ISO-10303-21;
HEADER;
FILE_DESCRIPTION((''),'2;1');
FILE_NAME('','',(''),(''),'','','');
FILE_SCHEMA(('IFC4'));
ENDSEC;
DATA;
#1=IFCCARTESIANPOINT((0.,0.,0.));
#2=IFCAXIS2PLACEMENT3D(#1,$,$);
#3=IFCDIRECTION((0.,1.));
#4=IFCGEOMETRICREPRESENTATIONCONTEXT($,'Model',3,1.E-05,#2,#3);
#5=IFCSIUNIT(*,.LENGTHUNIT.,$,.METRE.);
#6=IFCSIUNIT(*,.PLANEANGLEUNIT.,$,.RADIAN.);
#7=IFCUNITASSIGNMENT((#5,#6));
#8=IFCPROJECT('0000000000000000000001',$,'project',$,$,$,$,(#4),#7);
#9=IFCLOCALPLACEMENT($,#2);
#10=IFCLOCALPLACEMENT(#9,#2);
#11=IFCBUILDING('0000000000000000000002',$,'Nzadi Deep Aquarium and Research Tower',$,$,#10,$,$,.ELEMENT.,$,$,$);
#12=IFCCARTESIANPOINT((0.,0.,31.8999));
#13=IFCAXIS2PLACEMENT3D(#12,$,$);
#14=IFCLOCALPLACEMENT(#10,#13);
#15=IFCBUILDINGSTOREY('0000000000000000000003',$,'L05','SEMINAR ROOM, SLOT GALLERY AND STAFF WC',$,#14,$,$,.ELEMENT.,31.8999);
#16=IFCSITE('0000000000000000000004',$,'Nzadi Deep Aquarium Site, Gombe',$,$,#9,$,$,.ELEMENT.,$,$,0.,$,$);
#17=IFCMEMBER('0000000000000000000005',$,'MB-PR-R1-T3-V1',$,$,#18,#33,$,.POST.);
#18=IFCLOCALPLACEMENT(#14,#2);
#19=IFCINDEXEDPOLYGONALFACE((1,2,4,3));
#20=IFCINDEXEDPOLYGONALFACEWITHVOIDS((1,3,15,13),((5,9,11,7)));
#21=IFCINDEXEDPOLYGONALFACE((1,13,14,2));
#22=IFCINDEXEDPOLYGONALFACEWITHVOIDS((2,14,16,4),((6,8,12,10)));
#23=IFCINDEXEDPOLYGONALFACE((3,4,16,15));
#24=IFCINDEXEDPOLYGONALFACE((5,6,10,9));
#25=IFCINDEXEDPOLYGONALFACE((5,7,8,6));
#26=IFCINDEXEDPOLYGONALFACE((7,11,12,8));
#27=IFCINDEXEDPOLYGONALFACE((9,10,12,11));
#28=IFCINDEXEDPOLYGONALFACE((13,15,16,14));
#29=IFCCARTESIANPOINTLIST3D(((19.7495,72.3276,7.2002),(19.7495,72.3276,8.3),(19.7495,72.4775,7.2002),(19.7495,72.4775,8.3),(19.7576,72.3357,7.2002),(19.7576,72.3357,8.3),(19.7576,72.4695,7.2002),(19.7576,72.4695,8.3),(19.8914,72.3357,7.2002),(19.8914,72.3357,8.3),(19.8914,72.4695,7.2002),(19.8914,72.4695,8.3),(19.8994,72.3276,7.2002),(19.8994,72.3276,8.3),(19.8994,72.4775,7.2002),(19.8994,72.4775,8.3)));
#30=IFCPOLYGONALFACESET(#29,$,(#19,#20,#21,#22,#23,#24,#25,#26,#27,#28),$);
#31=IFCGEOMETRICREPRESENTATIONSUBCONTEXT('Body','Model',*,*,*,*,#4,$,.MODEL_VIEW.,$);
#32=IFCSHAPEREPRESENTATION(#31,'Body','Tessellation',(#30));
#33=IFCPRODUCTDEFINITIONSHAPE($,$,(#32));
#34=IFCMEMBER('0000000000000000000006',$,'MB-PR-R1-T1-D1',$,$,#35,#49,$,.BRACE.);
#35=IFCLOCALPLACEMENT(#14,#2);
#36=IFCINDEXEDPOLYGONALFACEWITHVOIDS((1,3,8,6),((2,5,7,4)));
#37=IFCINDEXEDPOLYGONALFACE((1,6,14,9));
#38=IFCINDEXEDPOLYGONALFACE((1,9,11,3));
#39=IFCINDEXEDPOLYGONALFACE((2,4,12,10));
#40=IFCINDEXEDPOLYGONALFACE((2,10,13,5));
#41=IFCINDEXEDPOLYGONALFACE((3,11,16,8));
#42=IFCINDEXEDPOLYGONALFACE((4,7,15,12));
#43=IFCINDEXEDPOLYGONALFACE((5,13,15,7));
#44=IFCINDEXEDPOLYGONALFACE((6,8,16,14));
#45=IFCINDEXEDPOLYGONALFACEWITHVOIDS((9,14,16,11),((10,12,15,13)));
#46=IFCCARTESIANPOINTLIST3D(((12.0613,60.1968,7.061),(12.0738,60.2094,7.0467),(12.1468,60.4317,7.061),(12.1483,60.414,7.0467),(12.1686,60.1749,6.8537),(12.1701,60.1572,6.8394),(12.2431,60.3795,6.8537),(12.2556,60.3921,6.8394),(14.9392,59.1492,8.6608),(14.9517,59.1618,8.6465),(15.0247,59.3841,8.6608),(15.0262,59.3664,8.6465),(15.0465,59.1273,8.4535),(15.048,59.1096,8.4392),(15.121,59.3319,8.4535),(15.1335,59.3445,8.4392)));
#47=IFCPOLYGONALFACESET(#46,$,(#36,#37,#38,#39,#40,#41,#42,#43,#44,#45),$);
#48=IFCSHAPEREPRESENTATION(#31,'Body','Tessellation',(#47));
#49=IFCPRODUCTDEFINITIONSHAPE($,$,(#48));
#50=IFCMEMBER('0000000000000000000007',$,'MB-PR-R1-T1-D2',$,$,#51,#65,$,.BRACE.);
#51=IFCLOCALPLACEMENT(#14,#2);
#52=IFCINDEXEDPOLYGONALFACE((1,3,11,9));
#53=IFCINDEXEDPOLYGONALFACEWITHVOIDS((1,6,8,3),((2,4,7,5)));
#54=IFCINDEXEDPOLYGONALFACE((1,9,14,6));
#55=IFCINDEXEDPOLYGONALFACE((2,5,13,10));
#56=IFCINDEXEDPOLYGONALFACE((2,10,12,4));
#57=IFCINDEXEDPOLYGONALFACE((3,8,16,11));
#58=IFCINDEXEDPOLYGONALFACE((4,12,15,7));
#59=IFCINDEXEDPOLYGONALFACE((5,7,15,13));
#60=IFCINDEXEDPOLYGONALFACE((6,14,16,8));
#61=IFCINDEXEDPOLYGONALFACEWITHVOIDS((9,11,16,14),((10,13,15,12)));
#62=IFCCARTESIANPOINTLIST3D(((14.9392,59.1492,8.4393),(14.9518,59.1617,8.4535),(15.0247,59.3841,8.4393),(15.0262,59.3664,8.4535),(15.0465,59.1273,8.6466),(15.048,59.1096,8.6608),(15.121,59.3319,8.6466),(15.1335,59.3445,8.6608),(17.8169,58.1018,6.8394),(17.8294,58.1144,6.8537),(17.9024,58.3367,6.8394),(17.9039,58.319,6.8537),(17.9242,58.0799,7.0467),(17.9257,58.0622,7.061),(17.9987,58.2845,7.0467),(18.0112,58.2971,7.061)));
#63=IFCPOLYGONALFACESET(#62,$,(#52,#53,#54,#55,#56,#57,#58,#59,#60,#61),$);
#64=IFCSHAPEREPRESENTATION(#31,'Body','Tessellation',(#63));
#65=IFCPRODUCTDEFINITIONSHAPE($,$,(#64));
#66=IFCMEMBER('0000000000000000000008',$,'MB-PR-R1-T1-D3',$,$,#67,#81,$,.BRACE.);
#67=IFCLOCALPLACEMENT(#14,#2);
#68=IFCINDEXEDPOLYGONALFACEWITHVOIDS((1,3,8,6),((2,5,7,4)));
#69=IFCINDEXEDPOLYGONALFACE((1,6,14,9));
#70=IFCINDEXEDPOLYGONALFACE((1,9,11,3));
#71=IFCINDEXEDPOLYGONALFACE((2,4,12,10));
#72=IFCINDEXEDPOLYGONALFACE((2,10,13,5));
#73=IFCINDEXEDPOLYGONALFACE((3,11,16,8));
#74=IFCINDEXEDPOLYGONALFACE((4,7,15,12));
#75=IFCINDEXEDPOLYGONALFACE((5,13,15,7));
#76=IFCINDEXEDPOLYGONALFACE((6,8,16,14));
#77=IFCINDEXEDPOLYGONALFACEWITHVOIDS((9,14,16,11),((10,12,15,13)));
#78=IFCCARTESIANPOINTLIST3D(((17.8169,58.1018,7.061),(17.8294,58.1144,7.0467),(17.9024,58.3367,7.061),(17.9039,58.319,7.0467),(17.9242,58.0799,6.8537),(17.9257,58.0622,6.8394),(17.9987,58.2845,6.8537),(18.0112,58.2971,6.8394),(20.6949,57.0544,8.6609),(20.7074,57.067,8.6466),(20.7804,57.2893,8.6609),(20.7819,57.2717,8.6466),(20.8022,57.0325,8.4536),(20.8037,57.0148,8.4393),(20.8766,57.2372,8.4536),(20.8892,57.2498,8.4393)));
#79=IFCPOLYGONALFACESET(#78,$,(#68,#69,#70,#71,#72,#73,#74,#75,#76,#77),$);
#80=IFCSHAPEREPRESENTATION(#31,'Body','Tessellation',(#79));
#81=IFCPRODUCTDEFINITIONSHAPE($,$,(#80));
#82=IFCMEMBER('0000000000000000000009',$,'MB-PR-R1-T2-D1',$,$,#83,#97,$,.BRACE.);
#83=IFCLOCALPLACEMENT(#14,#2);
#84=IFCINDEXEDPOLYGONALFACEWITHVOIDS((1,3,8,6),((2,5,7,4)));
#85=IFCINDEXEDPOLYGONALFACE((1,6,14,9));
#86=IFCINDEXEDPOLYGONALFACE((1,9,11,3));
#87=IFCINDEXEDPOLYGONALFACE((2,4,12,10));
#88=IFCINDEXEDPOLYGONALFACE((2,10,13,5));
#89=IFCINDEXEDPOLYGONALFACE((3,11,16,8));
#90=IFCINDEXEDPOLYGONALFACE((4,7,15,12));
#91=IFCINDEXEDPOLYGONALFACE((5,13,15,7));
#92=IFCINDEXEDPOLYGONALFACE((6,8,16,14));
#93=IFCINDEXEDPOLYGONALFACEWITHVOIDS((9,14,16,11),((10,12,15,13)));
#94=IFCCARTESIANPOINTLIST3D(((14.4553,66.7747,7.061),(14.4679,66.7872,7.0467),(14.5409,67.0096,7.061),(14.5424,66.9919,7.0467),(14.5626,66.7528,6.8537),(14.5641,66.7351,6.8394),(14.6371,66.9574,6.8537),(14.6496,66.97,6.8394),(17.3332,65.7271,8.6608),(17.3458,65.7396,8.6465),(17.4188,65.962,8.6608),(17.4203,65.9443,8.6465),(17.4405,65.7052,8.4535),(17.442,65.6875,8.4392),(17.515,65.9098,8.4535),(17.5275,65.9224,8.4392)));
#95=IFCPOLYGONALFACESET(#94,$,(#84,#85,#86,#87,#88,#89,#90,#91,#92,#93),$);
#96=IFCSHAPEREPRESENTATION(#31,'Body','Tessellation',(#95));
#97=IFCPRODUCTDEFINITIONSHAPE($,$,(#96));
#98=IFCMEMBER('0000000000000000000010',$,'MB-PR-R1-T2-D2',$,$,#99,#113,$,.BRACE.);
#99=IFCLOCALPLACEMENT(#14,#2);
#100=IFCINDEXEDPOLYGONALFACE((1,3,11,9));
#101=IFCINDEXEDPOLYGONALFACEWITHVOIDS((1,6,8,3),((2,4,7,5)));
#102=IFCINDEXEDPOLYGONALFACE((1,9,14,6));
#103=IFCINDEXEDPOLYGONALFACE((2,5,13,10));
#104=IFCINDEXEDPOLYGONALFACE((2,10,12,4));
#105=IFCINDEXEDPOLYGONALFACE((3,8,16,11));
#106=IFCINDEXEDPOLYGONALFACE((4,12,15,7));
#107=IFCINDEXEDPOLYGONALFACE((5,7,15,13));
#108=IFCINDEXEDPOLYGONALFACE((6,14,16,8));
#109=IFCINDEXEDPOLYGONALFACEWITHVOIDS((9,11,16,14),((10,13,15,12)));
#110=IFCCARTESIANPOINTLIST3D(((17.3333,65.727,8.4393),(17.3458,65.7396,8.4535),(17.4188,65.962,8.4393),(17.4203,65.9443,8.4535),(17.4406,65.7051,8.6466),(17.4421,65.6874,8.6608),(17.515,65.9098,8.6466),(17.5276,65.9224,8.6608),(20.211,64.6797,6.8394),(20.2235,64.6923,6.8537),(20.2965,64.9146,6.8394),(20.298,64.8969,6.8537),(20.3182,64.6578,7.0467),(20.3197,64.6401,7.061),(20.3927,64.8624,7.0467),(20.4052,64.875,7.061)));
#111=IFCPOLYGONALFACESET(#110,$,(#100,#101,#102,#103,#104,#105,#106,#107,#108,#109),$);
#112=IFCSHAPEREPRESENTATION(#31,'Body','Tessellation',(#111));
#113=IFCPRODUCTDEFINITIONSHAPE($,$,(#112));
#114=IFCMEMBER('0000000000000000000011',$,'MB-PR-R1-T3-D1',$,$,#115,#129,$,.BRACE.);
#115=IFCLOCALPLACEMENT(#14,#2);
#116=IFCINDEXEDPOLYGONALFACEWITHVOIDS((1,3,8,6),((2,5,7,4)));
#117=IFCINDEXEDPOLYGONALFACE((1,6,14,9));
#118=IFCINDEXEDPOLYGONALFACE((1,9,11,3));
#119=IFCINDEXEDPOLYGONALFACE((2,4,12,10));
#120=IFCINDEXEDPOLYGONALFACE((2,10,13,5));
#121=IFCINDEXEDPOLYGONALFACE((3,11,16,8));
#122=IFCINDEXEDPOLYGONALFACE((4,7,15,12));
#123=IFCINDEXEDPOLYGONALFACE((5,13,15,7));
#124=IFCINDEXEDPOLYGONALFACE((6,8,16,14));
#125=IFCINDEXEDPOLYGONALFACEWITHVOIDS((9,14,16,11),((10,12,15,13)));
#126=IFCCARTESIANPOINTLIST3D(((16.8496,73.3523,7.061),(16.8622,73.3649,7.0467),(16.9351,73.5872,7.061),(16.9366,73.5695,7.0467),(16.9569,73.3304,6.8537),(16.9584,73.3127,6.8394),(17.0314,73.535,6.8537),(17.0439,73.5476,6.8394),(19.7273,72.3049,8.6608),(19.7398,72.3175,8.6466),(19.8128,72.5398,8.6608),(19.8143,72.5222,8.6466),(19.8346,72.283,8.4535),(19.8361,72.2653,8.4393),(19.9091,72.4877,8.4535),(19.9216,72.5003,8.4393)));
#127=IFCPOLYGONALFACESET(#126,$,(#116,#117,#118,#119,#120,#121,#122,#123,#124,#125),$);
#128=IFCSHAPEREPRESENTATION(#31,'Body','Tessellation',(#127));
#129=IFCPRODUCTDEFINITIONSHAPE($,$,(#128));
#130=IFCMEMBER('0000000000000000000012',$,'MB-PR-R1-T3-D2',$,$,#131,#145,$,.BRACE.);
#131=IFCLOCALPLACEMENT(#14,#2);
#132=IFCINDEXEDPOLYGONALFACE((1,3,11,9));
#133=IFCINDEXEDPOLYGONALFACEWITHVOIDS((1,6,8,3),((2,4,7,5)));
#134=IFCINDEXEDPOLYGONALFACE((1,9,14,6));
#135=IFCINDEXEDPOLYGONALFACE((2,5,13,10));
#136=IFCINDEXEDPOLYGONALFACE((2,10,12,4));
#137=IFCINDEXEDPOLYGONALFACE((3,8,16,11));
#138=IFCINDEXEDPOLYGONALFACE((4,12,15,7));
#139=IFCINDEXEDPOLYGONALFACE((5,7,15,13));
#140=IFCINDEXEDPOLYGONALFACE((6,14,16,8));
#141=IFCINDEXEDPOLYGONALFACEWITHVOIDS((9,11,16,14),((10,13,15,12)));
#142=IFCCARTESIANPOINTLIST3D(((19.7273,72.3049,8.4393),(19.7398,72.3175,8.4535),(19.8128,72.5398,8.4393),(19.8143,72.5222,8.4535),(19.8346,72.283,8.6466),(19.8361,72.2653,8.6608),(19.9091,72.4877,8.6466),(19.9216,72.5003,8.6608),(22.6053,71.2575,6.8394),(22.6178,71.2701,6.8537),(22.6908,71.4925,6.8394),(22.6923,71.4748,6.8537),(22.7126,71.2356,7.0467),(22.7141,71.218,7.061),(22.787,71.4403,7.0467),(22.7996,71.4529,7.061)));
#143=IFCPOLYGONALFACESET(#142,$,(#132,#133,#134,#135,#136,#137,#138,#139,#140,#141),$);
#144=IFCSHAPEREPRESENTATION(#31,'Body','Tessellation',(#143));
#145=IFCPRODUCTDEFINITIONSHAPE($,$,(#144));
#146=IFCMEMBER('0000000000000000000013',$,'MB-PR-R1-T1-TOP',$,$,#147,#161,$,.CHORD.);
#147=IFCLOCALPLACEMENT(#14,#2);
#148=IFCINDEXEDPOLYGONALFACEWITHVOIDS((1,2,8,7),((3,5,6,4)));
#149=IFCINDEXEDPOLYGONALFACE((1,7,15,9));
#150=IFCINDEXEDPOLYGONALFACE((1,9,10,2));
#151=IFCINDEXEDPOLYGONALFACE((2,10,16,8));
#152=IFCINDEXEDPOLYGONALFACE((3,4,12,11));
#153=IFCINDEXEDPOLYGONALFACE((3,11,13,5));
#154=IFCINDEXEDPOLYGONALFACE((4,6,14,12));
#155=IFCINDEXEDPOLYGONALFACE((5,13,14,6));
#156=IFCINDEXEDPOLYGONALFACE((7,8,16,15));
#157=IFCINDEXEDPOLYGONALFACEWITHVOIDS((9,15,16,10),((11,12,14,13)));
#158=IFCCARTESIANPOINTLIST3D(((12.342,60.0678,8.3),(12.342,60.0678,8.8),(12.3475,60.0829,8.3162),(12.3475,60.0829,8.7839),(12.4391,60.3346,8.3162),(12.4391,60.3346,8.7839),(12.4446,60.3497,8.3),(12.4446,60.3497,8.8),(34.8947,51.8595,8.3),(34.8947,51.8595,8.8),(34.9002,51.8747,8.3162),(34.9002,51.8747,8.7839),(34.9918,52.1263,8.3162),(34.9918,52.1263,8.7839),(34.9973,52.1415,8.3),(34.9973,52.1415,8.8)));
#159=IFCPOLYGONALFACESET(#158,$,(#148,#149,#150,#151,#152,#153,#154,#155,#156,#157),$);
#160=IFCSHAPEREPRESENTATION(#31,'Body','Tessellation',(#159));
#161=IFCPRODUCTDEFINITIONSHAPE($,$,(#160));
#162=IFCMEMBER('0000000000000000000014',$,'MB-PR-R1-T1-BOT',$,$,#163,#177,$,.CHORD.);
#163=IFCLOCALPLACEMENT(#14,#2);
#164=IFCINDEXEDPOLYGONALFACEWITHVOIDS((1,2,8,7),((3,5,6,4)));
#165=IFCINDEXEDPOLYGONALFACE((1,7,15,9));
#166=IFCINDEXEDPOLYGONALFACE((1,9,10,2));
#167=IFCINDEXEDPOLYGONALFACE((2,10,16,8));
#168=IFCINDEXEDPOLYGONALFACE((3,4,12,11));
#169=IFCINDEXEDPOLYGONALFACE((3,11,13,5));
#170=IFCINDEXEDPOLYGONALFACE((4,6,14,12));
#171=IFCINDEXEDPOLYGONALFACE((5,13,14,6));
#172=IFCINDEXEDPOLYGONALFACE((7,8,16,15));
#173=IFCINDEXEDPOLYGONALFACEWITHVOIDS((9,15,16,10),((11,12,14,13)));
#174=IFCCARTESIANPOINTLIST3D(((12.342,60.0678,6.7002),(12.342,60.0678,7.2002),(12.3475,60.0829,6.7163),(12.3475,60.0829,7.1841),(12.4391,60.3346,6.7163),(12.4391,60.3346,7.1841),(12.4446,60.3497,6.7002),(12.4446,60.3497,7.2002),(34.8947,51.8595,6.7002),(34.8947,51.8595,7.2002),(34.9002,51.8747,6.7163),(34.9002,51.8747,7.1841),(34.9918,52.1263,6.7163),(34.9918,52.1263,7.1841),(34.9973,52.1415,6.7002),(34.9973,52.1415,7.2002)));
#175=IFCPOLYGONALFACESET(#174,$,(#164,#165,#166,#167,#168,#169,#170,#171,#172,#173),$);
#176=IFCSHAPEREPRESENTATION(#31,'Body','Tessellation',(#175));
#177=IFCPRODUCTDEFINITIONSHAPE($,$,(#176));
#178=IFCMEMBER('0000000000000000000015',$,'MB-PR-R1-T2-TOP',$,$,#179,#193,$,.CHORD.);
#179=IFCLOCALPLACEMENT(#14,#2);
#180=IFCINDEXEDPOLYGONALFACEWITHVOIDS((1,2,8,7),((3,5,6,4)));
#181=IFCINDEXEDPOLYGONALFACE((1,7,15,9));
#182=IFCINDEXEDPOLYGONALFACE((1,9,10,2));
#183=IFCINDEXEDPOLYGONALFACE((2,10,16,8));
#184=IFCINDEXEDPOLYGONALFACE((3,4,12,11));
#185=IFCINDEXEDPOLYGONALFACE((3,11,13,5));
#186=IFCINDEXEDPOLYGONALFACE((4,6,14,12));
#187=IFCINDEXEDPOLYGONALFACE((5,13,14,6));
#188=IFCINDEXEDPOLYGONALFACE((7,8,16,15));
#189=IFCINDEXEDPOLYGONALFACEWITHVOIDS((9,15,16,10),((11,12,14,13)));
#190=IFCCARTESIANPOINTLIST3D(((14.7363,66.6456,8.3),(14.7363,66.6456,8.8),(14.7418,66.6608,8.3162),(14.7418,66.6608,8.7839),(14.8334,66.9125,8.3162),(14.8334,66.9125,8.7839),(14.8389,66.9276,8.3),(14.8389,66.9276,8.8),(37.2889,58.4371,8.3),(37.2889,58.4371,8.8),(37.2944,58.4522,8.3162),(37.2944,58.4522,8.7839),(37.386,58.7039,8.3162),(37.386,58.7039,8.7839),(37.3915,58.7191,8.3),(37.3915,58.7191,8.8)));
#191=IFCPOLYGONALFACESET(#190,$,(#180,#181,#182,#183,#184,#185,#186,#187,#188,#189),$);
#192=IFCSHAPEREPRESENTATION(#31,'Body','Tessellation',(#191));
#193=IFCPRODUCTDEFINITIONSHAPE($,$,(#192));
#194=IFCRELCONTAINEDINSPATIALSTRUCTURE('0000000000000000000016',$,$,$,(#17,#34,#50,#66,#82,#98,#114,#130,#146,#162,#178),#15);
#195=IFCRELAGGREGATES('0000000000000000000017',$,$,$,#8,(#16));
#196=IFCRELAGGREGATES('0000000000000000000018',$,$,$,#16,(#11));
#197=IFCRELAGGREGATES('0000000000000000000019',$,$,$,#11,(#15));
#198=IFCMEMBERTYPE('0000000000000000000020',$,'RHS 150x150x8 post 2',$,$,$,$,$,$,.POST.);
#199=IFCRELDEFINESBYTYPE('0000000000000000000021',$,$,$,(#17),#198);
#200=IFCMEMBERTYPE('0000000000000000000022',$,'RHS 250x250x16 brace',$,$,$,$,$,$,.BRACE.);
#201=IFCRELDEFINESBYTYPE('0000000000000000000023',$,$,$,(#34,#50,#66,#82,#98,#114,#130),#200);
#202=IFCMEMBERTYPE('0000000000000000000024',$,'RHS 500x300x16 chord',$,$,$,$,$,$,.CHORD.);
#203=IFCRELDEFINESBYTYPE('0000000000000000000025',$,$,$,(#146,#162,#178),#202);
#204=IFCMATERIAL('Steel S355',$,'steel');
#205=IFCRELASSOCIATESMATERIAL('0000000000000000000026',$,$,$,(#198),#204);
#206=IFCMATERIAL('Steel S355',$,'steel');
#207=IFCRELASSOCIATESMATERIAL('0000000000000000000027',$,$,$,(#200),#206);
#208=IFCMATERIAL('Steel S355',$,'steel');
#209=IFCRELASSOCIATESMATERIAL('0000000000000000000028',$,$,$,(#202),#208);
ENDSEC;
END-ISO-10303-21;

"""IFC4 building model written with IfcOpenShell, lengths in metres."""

from ifc_helpers import new_model, si_unit, direction, frame, origin, origin_2d, place, context, subcontext, project, spatial, hollow_rectangle, extrude, material, material_profile, profile_set, type_object, element, save


model = new_model("IFC4")

# Units and contexts
model_context = context("Model", 3, precision=1e-05, world=origin(), true_north=direction((0.0, 1.0)))
body_context = subcontext(model_context, "Body", "Model", "MODEL_VIEW")
ifc_project = project(units=[si_unit("LENGTHUNIT", "METRE"), si_unit("PLANEANGLEUNIT", "RADIAN")], contexts=[model_context])

# Site, building, storey
site_placement = place(None, origin())
site = spatial("IfcSite", under=ifc_project, at=site_placement, Name="Nzadi Deep Aquarium Site, Gombe", CompositionType="ELEMENT", RefElevation=0.0)
building_placement = place(site_placement, origin())
building = spatial("IfcBuilding", under=site, at=building_placement, Name="Nzadi Deep Aquarium and Research Tower", CompositionType="ELEMENT")
storey_placement = place(building_placement, frame((0.0, 0.0, 31.8999)))
storey = spatial("IfcBuildingStorey", under=building, at=storey_placement, Name="L05", Description="SEMINAR ROOM, SLOT GALLERY AND STAFF WC", CompositionType="ELEMENT", Elevation=31.8999)

# Members
ifc_material_1 = material(Name="Steel S355", Category="steel")
ifc_material_profile_1 = material_profile(ifc_material_1, hollow_rectangle(XDim=0.1499, YDim=0.1499, WallThickness=0.0081, at=origin_2d()))
ifc_profile_set_1 = profile_set([ifc_material_profile_1], Name="Steel S355")
member_type_1 = type_object("IfcMemberType", Name="RHS 150x150x8 post 2", PredefinedType="POST", material=ifc_profile_set_1)
for number, where, z_axis, x_axis, name in (
    (1, (19.8245, 72.4026, 7.2002), (0.0, 0.0, 1.0), (1.0, 0.0, 0.0), "MB-PR-R1-T3-V1"),
):
    element("IfcMember", number, at=place(storey_placement, frame(where, z_axis=z_axis, x_axis=x_axis)), inside=storey, type_object=member_type_1, Name=name, PredefinedType="POST", context=body_context, shape_type="SweptSolid", body=[
        extrude(hollow_rectangle(XDim=0.1499, YDim=0.1499, WallThickness=0.0081, at=origin_2d()), origin(), (0.0, 0.0, 1.0), 1.0999),
    ])
ifc_material_2 = material(Name="Steel S355", Category="steel")
ifc_material_profile_2 = material_profile(ifc_material_2, hollow_rectangle(XDim=0.25, YDim=0.25, WallThickness=0.0161, at=origin_2d()))
ifc_profile_set_2 = profile_set([ifc_material_profile_2], Name="Steel S355")
member_type_2 = type_object("IfcMemberType", Name="RHS 250x250x16 brace", PredefinedType="BRACE", material=ifc_profile_set_2)
member_1_placement = place(storey_placement, frame((12.1584, 60.2944, 6.9502), z_axis=(0.832889, -0.303184, 0.463007), x_axis=(0.342057, 0.939679, 0.0)))
element("IfcMember", 2, at=member_1_placement, inside=storey, type_object=member_type_2, Name="MB-PR-R1-T1-D1", PredefinedType="BRACE", context=body_context, shape_type="SweptSolid", body=[
    extrude(hollow_rectangle(XDim=0.25, YDim=0.25, WallThickness=0.0161, at=origin_2d()), origin(), (0.0, 0.0, 1.0), 3.4553),
])
member_2_placement = place(storey_placement, frame((15.0364, 59.2468, 8.55), z_axis=(0.832885, -0.303137, -0.463044), x_axis=(0.342012, 0.939696, 0.0)))
element("IfcMember", 3, at=member_2_placement, inside=storey, type_object=member_type_2, Name="MB-PR-R1-T1-D2", PredefinedType="BRACE", context=body_context, shape_type="SweptSolid", body=[
    extrude(hollow_rectangle(XDim=0.25, YDim=0.25, WallThickness=0.0161, at=origin_2d()), origin(), (0.0, 0.0, 1.0), 3.4551),
])
for number, where, z_axis, x_axis, name in (
    (4, (17.9141, 58.1995, 6.9502), (0.832907, -0.303119, 0.463017), (0.341986, 0.939705, 0.0), "MB-PR-R1-T1-D3"),
    (5, (14.5525, 66.8723, 6.9502), (0.832889, -0.303184, 0.463007), (0.342057, 0.939679, 0.0), "MB-PR-R1-T2-D1"),
):
    element("IfcMember", number, at=place(storey_placement, frame(where, z_axis=z_axis, x_axis=x_axis)), inside=storey, type_object=member_type_2, Name=name, PredefinedType="BRACE", context=body_context, shape_type="SweptSolid", body=[
        extrude(hollow_rectangle(XDim=0.25, YDim=0.25, WallThickness=0.0161, at=origin_2d()), origin(), (0.0, 0.0, 1.0), 3.4553),
    ])
for number, where, z_axis, x_axis, name in (
    (6, (17.4304, 65.8247, 8.55), (0.832885, -0.303137, -0.463044), (0.342012, 0.939696, 0.0), "MB-PR-R1-T2-D2"),
    (7, (16.9468, 73.45, 6.9502), (0.832885, -0.303137, 0.463044), (0.342012, 0.939696, 0.0), "MB-PR-R1-T3-D1"),
):
    element("IfcMember", number, at=place(storey_placement, frame(where, z_axis=z_axis, x_axis=x_axis)), inside=storey, type_object=member_type_2, Name=name, PredefinedType="BRACE", context=body_context, shape_type="SweptSolid", body=[
        extrude(hollow_rectangle(XDim=0.25, YDim=0.25, WallThickness=0.0161, at=origin_2d()), origin(), (0.0, 0.0, 1.0), 3.4551),
    ])
member_3_placement = place(storey_placement, frame((19.8245, 72.4026, 8.55), z_axis=(0.832907, -0.303119, -0.463017), x_axis=(0.341986, 0.939705, 0.0)))
element("IfcMember", 8, at=member_3_placement, inside=storey, type_object=member_type_2, Name="MB-PR-R1-T3-D2", PredefinedType="BRACE", context=body_context, shape_type="SweptSolid", body=[
    extrude(hollow_rectangle(XDim=0.25, YDim=0.25, WallThickness=0.0161, at=origin_2d()), origin(), (0.0, 0.0, 1.0), 3.4553),
])
ifc_material_3 = material(Name="Steel S355", Category="steel")
ifc_material_profile_3 = material_profile(ifc_material_3, hollow_rectangle(XDim=0.3, YDim=0.5, WallThickness=0.0161, at=origin_2d()))
ifc_profile_set_3 = profile_set([ifc_material_profile_3], Name="Steel S355")
member_type_3 = type_object("IfcMemberType", Name="RHS 500x300x16 chord", PredefinedType="CHORD", material=ifc_profile_set_3)
for number, where, z_axis, x_axis, name in (
    (9, (12.3933, 60.2087, 8.55), (0.939696, -0.34201, 0.0), (0.34201, 0.939696, 0.0), "MB-PR-R1-T1-TOP"),
    (10, (12.3933, 60.2087, 6.9502), (0.939696, -0.34201, 0.0), (0.34201, 0.939696, 0.0), "MB-PR-R1-T1-BOT"),
    (11, (14.7876, 66.7866, 8.55), (0.939692, -0.342022, 0.0), (0.342022, 0.939692, 0.0), "MB-PR-R1-T2-TOP"),
):
    element("IfcMember", number, at=place(storey_placement, frame(where, z_axis=z_axis, x_axis=x_axis)), inside=storey, type_object=member_type_3, Name=name, PredefinedType="CHORD", context=body_context, shape_type="SweptSolid", body=[
        extrude(hollow_rectangle(XDim=0.3, YDim=0.5, WallThickness=0.0161, at=origin_2d()), origin(), (0.0, 0.0, 1.0), 24.0),
    ])

save(model, "model.ifc")
